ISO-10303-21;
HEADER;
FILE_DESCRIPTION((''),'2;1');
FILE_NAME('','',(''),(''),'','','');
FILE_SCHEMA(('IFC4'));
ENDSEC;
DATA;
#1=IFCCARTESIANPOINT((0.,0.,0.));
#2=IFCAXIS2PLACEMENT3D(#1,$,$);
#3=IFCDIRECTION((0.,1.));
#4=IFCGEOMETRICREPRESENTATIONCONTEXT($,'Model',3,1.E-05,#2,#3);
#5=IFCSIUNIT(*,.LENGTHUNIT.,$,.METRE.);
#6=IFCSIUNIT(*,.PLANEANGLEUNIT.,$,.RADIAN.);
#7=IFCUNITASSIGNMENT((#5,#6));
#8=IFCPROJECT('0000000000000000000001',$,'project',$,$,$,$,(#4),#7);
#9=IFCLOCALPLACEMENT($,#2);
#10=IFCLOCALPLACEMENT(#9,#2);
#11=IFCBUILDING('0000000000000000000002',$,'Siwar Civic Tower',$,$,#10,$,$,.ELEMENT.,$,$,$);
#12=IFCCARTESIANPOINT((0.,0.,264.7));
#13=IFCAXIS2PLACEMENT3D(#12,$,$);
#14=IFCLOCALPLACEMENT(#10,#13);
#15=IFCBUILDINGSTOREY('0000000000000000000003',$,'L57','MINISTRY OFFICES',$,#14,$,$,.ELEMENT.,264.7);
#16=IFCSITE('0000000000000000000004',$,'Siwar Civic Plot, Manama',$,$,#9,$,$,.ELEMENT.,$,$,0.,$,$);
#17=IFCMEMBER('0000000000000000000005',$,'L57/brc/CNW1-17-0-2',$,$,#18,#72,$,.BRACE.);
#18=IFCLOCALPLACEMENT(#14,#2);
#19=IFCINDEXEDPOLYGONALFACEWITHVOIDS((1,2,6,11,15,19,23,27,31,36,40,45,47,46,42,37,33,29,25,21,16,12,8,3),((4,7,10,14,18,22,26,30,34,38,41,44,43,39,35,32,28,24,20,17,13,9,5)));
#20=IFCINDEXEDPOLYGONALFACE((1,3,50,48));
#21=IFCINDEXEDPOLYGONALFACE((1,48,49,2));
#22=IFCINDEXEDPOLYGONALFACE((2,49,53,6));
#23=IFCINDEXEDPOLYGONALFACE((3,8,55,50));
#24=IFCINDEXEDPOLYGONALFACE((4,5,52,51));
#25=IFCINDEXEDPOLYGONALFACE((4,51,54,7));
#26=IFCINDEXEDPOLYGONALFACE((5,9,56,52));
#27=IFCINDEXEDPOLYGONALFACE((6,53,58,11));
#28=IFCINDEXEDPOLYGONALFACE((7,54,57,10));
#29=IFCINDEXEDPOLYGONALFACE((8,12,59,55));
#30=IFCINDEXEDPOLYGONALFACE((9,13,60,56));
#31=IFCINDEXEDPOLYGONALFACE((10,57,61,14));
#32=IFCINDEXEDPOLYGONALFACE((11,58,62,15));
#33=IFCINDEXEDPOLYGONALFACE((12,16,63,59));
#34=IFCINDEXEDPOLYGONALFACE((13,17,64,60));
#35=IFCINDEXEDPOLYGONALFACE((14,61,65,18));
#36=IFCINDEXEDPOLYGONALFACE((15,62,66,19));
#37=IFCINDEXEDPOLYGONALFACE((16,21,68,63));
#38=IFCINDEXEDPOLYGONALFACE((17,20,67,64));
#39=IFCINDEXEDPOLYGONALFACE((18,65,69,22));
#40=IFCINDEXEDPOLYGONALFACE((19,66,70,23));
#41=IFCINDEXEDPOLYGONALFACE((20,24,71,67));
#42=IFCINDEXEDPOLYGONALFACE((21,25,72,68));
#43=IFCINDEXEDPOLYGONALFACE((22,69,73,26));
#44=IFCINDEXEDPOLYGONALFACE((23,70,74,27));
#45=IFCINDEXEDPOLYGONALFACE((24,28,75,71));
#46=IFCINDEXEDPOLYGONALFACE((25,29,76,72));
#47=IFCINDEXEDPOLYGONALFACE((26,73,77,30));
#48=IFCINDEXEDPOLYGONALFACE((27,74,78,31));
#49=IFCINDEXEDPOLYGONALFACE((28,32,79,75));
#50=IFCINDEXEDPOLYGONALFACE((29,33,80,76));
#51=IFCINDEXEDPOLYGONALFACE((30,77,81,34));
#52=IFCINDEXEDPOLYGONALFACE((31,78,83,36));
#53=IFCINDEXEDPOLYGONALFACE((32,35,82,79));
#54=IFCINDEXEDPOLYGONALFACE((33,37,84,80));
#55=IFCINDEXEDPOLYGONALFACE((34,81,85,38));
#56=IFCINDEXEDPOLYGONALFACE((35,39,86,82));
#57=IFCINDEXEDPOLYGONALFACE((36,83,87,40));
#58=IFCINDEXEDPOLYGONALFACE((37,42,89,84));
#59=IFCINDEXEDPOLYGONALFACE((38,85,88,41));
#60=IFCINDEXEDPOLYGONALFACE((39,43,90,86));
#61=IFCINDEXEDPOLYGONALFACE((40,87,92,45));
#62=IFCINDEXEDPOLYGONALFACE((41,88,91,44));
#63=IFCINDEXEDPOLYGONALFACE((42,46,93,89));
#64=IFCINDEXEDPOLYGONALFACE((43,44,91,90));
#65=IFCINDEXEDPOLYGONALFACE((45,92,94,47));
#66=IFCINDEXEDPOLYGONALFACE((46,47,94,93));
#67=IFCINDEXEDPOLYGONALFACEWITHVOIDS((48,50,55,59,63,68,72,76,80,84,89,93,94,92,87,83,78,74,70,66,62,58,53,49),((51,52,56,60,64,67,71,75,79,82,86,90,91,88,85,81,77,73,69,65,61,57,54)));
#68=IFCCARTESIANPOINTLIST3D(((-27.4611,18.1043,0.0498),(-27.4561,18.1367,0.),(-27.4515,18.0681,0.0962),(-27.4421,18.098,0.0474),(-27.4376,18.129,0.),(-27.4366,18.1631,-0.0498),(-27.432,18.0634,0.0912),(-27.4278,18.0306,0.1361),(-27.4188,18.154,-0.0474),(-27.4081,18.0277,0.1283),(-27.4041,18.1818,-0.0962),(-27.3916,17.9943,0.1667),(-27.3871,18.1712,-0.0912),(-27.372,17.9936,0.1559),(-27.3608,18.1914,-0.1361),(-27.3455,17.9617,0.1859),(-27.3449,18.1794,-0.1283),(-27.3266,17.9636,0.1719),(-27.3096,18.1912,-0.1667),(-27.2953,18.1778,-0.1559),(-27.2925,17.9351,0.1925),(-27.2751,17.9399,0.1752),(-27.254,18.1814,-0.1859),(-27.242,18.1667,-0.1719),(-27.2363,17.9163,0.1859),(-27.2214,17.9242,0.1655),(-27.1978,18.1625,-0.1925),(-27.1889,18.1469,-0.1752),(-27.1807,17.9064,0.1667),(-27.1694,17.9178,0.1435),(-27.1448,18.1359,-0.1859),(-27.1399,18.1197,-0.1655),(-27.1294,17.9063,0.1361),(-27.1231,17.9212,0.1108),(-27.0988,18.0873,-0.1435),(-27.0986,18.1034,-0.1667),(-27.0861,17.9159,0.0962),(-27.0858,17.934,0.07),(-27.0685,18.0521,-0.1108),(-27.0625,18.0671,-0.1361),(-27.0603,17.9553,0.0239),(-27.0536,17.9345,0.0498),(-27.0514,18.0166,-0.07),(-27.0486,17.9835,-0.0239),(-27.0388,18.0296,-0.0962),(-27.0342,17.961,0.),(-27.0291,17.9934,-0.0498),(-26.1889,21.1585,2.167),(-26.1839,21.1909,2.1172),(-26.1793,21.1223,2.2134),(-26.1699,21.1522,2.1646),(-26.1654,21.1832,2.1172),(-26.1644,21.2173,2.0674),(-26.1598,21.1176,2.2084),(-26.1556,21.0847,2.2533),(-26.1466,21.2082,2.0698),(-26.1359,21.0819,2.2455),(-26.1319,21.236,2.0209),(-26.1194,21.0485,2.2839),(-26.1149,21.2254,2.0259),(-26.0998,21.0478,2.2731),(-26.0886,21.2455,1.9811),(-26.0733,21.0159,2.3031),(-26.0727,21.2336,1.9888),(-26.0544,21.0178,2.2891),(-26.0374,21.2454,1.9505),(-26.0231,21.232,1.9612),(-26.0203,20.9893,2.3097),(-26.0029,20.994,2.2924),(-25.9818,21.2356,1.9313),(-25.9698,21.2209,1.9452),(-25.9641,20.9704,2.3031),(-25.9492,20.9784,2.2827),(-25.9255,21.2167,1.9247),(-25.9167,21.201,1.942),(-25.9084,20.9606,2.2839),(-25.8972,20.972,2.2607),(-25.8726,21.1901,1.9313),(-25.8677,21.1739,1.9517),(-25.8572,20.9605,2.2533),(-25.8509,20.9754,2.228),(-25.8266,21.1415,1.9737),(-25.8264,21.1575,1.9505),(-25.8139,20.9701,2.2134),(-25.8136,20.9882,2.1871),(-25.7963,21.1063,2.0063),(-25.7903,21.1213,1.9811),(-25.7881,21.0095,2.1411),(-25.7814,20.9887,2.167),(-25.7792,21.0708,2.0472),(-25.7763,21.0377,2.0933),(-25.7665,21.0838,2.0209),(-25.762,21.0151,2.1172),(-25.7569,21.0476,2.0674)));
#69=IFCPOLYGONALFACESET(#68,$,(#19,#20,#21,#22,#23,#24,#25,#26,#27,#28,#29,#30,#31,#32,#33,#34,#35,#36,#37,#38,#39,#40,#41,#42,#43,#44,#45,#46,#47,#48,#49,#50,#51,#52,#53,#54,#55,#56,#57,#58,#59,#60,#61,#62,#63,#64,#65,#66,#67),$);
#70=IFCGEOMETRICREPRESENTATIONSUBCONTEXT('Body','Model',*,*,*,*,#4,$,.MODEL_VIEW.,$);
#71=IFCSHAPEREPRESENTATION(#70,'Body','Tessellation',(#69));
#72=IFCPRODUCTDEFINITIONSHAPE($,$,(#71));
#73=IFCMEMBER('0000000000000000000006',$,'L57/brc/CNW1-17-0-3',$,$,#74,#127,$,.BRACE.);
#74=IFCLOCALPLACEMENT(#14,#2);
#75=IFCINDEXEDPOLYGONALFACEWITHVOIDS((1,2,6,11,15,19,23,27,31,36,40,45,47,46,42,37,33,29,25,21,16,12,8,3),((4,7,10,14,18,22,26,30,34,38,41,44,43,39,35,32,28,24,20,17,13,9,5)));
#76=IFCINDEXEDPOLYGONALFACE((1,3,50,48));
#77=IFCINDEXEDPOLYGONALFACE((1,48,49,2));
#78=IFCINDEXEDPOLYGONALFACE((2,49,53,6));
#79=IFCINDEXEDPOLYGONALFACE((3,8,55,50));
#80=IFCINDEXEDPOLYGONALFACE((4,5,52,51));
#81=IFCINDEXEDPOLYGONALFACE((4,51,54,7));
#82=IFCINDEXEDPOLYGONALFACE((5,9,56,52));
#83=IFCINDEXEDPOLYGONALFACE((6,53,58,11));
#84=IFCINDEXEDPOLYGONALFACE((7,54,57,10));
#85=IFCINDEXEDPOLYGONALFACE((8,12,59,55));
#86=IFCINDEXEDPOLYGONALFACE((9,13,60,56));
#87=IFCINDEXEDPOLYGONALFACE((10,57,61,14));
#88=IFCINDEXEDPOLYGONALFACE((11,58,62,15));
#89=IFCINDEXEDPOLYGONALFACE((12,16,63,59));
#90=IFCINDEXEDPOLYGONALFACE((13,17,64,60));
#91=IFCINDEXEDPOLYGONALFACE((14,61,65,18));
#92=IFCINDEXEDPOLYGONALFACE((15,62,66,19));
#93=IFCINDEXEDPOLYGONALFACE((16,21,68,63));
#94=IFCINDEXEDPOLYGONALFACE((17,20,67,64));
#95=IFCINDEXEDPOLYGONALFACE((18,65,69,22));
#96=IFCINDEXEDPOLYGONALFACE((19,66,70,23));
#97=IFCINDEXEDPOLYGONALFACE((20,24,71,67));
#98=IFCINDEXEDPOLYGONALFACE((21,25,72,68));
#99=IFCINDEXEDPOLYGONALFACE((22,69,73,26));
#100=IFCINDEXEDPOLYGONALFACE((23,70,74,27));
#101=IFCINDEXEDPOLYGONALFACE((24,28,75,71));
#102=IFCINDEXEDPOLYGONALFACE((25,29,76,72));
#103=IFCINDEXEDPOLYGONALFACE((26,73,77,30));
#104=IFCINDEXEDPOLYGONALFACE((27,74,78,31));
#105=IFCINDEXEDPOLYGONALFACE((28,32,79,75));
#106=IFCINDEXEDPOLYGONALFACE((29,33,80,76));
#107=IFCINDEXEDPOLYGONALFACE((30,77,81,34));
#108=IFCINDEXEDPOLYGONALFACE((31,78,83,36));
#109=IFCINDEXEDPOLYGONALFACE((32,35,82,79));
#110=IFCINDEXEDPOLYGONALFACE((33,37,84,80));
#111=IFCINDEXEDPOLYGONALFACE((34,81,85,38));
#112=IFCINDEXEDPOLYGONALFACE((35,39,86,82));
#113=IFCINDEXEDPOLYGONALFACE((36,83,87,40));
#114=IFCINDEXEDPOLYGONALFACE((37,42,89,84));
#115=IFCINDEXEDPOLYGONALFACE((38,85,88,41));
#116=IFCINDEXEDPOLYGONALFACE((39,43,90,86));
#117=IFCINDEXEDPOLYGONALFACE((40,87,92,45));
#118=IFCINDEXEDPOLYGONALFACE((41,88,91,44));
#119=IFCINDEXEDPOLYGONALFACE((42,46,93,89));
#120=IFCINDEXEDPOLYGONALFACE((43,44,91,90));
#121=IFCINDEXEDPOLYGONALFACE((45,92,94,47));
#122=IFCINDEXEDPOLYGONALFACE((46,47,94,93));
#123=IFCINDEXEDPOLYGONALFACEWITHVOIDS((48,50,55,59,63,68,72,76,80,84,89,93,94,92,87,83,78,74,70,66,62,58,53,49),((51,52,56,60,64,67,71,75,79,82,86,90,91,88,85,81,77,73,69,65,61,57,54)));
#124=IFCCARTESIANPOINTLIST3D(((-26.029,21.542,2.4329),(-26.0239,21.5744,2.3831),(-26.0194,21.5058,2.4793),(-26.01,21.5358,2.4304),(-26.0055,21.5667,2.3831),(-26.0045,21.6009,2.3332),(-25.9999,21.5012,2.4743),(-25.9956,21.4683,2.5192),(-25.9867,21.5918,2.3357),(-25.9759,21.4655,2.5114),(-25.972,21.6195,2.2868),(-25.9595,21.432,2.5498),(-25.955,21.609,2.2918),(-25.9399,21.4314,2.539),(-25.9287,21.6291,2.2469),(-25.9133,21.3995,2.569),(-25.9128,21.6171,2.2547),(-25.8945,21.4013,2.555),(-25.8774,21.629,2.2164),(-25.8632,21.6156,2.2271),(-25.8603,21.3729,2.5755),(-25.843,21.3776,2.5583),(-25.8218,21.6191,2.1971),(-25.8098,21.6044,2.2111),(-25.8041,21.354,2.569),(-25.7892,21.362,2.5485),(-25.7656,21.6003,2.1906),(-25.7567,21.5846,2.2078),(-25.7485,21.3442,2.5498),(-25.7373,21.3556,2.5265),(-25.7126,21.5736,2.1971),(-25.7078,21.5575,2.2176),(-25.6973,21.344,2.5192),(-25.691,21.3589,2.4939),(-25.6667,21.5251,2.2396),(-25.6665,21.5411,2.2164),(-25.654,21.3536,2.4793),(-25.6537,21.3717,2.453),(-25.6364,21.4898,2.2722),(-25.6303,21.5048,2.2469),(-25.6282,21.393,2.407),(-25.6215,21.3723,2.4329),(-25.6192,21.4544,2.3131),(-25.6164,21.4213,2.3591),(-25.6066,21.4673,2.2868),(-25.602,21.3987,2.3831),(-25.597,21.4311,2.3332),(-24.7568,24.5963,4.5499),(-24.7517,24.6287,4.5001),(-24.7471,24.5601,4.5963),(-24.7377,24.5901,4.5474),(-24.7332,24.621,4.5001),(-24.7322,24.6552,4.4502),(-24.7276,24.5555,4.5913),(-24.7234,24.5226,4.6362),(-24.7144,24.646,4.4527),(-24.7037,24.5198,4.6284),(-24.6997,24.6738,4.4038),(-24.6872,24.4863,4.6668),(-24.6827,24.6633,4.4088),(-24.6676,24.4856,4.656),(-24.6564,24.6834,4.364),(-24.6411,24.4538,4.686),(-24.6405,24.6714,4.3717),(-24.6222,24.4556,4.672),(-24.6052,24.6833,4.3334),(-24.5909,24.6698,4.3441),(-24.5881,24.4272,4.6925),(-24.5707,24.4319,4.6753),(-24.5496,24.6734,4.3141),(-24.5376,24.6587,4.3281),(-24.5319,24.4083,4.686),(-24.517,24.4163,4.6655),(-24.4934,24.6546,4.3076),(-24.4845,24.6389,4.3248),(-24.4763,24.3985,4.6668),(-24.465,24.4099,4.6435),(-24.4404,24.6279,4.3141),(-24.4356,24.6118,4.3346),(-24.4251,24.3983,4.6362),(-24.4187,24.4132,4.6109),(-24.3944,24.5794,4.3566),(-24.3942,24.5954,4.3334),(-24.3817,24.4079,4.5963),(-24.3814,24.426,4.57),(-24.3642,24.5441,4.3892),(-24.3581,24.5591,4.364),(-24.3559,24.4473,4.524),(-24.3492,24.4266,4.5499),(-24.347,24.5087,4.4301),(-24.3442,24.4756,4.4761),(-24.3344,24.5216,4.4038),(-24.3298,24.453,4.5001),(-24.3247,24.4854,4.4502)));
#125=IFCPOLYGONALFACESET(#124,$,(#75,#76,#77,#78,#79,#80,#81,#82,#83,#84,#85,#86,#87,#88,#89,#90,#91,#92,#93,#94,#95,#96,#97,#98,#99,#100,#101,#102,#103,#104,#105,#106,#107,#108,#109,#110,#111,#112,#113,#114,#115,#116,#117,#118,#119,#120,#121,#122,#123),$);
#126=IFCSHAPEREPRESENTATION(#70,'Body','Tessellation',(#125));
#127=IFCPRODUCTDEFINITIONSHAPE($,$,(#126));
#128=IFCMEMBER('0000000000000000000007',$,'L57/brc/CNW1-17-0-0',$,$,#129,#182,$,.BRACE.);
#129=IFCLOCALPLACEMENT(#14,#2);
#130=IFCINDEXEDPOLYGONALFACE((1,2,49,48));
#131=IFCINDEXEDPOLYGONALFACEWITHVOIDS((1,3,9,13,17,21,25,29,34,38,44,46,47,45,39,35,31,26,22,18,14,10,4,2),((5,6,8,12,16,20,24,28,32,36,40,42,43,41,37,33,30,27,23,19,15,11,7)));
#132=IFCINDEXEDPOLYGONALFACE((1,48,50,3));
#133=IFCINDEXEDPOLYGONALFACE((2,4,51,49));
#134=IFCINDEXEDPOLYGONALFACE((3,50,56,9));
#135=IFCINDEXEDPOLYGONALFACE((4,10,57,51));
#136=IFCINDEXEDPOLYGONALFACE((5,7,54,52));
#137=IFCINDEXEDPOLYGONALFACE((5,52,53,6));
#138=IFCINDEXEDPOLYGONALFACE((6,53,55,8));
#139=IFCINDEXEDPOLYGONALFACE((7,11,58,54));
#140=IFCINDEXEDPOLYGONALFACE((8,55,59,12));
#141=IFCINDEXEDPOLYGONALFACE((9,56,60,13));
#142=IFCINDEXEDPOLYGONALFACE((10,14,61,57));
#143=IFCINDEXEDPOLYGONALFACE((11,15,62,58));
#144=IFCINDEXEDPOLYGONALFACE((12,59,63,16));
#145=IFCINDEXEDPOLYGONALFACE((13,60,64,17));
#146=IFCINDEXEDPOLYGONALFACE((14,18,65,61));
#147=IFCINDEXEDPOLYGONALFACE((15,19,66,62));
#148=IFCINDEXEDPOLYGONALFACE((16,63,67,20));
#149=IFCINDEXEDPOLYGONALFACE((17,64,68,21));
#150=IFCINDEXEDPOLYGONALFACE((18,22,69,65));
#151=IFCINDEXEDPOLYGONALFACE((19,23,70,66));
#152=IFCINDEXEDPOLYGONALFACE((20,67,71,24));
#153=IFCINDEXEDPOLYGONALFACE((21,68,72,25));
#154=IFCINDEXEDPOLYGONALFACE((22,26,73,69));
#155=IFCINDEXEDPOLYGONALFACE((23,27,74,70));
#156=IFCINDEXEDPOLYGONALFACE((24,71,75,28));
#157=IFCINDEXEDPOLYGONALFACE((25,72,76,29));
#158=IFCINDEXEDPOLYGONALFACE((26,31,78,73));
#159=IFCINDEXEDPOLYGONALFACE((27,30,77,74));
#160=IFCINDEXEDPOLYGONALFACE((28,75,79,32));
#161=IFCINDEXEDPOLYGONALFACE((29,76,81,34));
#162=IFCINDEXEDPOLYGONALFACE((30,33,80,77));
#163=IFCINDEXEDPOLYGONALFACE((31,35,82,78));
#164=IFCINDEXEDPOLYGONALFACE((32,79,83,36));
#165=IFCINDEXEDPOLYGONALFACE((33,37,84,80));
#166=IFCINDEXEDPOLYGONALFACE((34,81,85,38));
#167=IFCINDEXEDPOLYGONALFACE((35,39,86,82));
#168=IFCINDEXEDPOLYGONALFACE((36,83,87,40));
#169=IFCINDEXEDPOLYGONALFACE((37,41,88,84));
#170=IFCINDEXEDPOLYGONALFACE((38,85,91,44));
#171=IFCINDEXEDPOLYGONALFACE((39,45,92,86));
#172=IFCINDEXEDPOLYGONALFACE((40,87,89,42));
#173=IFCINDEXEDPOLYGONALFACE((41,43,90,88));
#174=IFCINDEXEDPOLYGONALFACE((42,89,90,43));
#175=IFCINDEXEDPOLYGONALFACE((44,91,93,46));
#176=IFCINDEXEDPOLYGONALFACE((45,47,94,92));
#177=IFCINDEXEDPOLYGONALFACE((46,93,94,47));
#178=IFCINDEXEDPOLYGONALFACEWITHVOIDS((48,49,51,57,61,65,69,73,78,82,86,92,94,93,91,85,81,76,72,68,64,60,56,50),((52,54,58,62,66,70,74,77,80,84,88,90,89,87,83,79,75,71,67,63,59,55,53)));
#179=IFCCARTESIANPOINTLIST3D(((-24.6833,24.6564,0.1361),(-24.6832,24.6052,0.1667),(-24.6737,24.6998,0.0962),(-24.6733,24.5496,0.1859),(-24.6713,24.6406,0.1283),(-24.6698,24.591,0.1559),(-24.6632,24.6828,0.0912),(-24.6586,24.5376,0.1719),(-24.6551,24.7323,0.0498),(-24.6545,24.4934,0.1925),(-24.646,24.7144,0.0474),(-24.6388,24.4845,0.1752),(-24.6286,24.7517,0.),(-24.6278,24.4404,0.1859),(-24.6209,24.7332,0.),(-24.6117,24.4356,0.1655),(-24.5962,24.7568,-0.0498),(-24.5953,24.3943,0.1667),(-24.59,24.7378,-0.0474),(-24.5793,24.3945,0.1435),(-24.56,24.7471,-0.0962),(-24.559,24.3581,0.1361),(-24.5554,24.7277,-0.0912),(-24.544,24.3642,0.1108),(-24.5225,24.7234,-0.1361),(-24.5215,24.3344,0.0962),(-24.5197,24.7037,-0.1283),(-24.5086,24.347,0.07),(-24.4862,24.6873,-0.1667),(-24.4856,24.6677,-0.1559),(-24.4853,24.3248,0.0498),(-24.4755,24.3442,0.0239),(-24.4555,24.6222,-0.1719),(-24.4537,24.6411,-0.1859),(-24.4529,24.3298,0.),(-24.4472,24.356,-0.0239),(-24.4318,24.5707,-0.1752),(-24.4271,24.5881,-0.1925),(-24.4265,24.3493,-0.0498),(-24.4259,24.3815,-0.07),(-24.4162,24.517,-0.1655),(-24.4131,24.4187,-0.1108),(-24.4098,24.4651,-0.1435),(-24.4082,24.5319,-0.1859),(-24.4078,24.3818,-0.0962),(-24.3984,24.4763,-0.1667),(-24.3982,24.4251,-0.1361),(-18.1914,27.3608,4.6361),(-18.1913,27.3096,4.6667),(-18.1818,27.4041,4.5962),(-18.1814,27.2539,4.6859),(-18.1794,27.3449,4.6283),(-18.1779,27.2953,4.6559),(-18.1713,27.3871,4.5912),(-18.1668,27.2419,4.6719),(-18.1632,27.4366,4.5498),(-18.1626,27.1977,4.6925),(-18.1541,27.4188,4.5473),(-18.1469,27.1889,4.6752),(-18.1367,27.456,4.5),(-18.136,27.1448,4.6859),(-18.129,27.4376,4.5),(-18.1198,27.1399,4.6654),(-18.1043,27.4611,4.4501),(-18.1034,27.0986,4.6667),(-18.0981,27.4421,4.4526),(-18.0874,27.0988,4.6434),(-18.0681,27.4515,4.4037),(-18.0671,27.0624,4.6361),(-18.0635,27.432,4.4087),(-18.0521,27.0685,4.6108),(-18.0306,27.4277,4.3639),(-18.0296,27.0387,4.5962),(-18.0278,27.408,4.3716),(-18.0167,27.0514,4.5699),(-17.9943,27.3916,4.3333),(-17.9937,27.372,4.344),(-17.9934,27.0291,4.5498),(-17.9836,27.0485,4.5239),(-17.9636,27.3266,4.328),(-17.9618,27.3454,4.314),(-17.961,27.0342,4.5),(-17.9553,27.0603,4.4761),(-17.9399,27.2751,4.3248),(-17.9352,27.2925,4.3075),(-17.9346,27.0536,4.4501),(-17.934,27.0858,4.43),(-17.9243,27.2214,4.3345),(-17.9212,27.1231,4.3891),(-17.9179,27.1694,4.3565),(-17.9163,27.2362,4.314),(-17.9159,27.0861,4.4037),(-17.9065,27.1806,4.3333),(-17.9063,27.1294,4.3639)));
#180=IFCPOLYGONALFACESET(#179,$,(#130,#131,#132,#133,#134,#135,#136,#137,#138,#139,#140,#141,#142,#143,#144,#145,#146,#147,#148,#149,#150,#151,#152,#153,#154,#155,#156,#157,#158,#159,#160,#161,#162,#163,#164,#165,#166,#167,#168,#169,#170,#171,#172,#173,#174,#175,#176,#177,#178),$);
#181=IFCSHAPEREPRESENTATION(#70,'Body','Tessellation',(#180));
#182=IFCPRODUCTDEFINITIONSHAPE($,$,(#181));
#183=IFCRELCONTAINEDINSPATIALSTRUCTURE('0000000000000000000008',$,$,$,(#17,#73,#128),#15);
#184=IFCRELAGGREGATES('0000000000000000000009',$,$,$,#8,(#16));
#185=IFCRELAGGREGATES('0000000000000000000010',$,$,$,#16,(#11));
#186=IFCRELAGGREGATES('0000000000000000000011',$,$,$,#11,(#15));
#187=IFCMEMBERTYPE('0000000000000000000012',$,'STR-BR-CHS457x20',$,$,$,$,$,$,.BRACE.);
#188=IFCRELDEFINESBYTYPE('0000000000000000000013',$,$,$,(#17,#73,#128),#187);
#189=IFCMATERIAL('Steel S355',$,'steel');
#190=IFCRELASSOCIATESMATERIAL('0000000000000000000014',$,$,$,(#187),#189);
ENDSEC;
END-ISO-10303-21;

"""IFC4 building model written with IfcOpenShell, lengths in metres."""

from ifc_helpers import new_model, si_unit, direction, frame, origin, origin_2d, place, context, subcontext, project, spatial, hollow_circle, extrude, material, material_profile, profile_set, type_object, element, save


model = new_model("IFC4")

# Units and contexts
model_context = context("Model", 3, precision=1e-05, world=origin(), true_north=direction((0.0, 1.0)))
body_context = subcontext(model_context, "Body", "Model", "MODEL_VIEW")
ifc_project = project(units=[si_unit("LENGTHUNIT", "METRE"), si_unit("PLANEANGLEUNIT", "RADIAN")], contexts=[model_context])

# Site, building, storey
site_placement = place(None, origin())
site = spatial("IfcSite", under=ifc_project, at=site_placement, Name="Siwar Civic Plot, Manama", CompositionType="ELEMENT", RefElevation=0.0)
building_placement = place(site_placement, origin())
building = spatial("IfcBuilding", under=site, at=building_placement, Name="Siwar Civic Tower", CompositionType="ELEMENT")
storey_placement = place(building_placement, frame((0.0, 0.0, 264.7)))
storey = spatial("IfcBuildingStorey", under=building, at=storey_placement, Name="L57", Description="MINISTRY OFFICES", CompositionType="ELEMENT", Elevation=264.7)

# Members
ifc_material_1 = material(Name="Steel S355", Category="steel")
ifc_material_profile_1 = material_profile(ifc_material_1, hollow_circle(Radius=0.2285, WallThickness=0.02, at=origin_2d()), Name="CHS457x20")
ifc_profile_set_1 = profile_set([ifc_material_profile_1], Name="Steel S355")
member_type_1 = type_object("IfcMemberType", Name="STR-BR-CHS457x20", PredefinedType="BRACE", material=ifc_profile_set_1)
for number, where, z_axis, x_axis, name in (
    (1, (-27.2451, 18.0488, 0.0), (0.323884, 0.777546, 0.538999), (-0.923116, 0.384521, 0.0), "L57/brc/CNW1-17-0-2"),
    (2, (-25.813, 21.4866, 2.3831), (0.323895, 0.777572, 0.538955), (-0.923116, 0.384521, 0.0), "L57/brc/CNW1-17-0-3"),
):
    element("IfcMember", number, at=place(storey_placement, frame(where, z_axis=z_axis, x_axis=x_axis)), inside=storey, type_object=member_type_1, Name=name, PredefinedType="BRACE", context=body_context, shape_type="SweptSolid", body=[
        extrude(hollow_circle(Radius=0.2285, WallThickness=0.02, at=origin_2d()), origin(), (0.0, 0.0, 1.0), 3.928),
    ])
member_1_placement = place(storey_placement, frame((-24.5408, 24.5408, 0.0), z_axis=(0.777555, 0.323906, 0.538975), x_axis=(-0.384539, 0.923109, 0.0)))
element("IfcMember", 3, at=member_1_placement, inside=storey, type_object=member_type_1, Name="L57/brc/CNW1-17-0-0", PredefinedType="BRACE", context=body_context, shape_type="SweptSolid", body=[
    extrude(hollow_circle(Radius=0.2285, WallThickness=0.02, at=origin_2d()), origin(), (0.0, 0.0, 1.0), 8.3491),
])

save(model, "model.ifc")
